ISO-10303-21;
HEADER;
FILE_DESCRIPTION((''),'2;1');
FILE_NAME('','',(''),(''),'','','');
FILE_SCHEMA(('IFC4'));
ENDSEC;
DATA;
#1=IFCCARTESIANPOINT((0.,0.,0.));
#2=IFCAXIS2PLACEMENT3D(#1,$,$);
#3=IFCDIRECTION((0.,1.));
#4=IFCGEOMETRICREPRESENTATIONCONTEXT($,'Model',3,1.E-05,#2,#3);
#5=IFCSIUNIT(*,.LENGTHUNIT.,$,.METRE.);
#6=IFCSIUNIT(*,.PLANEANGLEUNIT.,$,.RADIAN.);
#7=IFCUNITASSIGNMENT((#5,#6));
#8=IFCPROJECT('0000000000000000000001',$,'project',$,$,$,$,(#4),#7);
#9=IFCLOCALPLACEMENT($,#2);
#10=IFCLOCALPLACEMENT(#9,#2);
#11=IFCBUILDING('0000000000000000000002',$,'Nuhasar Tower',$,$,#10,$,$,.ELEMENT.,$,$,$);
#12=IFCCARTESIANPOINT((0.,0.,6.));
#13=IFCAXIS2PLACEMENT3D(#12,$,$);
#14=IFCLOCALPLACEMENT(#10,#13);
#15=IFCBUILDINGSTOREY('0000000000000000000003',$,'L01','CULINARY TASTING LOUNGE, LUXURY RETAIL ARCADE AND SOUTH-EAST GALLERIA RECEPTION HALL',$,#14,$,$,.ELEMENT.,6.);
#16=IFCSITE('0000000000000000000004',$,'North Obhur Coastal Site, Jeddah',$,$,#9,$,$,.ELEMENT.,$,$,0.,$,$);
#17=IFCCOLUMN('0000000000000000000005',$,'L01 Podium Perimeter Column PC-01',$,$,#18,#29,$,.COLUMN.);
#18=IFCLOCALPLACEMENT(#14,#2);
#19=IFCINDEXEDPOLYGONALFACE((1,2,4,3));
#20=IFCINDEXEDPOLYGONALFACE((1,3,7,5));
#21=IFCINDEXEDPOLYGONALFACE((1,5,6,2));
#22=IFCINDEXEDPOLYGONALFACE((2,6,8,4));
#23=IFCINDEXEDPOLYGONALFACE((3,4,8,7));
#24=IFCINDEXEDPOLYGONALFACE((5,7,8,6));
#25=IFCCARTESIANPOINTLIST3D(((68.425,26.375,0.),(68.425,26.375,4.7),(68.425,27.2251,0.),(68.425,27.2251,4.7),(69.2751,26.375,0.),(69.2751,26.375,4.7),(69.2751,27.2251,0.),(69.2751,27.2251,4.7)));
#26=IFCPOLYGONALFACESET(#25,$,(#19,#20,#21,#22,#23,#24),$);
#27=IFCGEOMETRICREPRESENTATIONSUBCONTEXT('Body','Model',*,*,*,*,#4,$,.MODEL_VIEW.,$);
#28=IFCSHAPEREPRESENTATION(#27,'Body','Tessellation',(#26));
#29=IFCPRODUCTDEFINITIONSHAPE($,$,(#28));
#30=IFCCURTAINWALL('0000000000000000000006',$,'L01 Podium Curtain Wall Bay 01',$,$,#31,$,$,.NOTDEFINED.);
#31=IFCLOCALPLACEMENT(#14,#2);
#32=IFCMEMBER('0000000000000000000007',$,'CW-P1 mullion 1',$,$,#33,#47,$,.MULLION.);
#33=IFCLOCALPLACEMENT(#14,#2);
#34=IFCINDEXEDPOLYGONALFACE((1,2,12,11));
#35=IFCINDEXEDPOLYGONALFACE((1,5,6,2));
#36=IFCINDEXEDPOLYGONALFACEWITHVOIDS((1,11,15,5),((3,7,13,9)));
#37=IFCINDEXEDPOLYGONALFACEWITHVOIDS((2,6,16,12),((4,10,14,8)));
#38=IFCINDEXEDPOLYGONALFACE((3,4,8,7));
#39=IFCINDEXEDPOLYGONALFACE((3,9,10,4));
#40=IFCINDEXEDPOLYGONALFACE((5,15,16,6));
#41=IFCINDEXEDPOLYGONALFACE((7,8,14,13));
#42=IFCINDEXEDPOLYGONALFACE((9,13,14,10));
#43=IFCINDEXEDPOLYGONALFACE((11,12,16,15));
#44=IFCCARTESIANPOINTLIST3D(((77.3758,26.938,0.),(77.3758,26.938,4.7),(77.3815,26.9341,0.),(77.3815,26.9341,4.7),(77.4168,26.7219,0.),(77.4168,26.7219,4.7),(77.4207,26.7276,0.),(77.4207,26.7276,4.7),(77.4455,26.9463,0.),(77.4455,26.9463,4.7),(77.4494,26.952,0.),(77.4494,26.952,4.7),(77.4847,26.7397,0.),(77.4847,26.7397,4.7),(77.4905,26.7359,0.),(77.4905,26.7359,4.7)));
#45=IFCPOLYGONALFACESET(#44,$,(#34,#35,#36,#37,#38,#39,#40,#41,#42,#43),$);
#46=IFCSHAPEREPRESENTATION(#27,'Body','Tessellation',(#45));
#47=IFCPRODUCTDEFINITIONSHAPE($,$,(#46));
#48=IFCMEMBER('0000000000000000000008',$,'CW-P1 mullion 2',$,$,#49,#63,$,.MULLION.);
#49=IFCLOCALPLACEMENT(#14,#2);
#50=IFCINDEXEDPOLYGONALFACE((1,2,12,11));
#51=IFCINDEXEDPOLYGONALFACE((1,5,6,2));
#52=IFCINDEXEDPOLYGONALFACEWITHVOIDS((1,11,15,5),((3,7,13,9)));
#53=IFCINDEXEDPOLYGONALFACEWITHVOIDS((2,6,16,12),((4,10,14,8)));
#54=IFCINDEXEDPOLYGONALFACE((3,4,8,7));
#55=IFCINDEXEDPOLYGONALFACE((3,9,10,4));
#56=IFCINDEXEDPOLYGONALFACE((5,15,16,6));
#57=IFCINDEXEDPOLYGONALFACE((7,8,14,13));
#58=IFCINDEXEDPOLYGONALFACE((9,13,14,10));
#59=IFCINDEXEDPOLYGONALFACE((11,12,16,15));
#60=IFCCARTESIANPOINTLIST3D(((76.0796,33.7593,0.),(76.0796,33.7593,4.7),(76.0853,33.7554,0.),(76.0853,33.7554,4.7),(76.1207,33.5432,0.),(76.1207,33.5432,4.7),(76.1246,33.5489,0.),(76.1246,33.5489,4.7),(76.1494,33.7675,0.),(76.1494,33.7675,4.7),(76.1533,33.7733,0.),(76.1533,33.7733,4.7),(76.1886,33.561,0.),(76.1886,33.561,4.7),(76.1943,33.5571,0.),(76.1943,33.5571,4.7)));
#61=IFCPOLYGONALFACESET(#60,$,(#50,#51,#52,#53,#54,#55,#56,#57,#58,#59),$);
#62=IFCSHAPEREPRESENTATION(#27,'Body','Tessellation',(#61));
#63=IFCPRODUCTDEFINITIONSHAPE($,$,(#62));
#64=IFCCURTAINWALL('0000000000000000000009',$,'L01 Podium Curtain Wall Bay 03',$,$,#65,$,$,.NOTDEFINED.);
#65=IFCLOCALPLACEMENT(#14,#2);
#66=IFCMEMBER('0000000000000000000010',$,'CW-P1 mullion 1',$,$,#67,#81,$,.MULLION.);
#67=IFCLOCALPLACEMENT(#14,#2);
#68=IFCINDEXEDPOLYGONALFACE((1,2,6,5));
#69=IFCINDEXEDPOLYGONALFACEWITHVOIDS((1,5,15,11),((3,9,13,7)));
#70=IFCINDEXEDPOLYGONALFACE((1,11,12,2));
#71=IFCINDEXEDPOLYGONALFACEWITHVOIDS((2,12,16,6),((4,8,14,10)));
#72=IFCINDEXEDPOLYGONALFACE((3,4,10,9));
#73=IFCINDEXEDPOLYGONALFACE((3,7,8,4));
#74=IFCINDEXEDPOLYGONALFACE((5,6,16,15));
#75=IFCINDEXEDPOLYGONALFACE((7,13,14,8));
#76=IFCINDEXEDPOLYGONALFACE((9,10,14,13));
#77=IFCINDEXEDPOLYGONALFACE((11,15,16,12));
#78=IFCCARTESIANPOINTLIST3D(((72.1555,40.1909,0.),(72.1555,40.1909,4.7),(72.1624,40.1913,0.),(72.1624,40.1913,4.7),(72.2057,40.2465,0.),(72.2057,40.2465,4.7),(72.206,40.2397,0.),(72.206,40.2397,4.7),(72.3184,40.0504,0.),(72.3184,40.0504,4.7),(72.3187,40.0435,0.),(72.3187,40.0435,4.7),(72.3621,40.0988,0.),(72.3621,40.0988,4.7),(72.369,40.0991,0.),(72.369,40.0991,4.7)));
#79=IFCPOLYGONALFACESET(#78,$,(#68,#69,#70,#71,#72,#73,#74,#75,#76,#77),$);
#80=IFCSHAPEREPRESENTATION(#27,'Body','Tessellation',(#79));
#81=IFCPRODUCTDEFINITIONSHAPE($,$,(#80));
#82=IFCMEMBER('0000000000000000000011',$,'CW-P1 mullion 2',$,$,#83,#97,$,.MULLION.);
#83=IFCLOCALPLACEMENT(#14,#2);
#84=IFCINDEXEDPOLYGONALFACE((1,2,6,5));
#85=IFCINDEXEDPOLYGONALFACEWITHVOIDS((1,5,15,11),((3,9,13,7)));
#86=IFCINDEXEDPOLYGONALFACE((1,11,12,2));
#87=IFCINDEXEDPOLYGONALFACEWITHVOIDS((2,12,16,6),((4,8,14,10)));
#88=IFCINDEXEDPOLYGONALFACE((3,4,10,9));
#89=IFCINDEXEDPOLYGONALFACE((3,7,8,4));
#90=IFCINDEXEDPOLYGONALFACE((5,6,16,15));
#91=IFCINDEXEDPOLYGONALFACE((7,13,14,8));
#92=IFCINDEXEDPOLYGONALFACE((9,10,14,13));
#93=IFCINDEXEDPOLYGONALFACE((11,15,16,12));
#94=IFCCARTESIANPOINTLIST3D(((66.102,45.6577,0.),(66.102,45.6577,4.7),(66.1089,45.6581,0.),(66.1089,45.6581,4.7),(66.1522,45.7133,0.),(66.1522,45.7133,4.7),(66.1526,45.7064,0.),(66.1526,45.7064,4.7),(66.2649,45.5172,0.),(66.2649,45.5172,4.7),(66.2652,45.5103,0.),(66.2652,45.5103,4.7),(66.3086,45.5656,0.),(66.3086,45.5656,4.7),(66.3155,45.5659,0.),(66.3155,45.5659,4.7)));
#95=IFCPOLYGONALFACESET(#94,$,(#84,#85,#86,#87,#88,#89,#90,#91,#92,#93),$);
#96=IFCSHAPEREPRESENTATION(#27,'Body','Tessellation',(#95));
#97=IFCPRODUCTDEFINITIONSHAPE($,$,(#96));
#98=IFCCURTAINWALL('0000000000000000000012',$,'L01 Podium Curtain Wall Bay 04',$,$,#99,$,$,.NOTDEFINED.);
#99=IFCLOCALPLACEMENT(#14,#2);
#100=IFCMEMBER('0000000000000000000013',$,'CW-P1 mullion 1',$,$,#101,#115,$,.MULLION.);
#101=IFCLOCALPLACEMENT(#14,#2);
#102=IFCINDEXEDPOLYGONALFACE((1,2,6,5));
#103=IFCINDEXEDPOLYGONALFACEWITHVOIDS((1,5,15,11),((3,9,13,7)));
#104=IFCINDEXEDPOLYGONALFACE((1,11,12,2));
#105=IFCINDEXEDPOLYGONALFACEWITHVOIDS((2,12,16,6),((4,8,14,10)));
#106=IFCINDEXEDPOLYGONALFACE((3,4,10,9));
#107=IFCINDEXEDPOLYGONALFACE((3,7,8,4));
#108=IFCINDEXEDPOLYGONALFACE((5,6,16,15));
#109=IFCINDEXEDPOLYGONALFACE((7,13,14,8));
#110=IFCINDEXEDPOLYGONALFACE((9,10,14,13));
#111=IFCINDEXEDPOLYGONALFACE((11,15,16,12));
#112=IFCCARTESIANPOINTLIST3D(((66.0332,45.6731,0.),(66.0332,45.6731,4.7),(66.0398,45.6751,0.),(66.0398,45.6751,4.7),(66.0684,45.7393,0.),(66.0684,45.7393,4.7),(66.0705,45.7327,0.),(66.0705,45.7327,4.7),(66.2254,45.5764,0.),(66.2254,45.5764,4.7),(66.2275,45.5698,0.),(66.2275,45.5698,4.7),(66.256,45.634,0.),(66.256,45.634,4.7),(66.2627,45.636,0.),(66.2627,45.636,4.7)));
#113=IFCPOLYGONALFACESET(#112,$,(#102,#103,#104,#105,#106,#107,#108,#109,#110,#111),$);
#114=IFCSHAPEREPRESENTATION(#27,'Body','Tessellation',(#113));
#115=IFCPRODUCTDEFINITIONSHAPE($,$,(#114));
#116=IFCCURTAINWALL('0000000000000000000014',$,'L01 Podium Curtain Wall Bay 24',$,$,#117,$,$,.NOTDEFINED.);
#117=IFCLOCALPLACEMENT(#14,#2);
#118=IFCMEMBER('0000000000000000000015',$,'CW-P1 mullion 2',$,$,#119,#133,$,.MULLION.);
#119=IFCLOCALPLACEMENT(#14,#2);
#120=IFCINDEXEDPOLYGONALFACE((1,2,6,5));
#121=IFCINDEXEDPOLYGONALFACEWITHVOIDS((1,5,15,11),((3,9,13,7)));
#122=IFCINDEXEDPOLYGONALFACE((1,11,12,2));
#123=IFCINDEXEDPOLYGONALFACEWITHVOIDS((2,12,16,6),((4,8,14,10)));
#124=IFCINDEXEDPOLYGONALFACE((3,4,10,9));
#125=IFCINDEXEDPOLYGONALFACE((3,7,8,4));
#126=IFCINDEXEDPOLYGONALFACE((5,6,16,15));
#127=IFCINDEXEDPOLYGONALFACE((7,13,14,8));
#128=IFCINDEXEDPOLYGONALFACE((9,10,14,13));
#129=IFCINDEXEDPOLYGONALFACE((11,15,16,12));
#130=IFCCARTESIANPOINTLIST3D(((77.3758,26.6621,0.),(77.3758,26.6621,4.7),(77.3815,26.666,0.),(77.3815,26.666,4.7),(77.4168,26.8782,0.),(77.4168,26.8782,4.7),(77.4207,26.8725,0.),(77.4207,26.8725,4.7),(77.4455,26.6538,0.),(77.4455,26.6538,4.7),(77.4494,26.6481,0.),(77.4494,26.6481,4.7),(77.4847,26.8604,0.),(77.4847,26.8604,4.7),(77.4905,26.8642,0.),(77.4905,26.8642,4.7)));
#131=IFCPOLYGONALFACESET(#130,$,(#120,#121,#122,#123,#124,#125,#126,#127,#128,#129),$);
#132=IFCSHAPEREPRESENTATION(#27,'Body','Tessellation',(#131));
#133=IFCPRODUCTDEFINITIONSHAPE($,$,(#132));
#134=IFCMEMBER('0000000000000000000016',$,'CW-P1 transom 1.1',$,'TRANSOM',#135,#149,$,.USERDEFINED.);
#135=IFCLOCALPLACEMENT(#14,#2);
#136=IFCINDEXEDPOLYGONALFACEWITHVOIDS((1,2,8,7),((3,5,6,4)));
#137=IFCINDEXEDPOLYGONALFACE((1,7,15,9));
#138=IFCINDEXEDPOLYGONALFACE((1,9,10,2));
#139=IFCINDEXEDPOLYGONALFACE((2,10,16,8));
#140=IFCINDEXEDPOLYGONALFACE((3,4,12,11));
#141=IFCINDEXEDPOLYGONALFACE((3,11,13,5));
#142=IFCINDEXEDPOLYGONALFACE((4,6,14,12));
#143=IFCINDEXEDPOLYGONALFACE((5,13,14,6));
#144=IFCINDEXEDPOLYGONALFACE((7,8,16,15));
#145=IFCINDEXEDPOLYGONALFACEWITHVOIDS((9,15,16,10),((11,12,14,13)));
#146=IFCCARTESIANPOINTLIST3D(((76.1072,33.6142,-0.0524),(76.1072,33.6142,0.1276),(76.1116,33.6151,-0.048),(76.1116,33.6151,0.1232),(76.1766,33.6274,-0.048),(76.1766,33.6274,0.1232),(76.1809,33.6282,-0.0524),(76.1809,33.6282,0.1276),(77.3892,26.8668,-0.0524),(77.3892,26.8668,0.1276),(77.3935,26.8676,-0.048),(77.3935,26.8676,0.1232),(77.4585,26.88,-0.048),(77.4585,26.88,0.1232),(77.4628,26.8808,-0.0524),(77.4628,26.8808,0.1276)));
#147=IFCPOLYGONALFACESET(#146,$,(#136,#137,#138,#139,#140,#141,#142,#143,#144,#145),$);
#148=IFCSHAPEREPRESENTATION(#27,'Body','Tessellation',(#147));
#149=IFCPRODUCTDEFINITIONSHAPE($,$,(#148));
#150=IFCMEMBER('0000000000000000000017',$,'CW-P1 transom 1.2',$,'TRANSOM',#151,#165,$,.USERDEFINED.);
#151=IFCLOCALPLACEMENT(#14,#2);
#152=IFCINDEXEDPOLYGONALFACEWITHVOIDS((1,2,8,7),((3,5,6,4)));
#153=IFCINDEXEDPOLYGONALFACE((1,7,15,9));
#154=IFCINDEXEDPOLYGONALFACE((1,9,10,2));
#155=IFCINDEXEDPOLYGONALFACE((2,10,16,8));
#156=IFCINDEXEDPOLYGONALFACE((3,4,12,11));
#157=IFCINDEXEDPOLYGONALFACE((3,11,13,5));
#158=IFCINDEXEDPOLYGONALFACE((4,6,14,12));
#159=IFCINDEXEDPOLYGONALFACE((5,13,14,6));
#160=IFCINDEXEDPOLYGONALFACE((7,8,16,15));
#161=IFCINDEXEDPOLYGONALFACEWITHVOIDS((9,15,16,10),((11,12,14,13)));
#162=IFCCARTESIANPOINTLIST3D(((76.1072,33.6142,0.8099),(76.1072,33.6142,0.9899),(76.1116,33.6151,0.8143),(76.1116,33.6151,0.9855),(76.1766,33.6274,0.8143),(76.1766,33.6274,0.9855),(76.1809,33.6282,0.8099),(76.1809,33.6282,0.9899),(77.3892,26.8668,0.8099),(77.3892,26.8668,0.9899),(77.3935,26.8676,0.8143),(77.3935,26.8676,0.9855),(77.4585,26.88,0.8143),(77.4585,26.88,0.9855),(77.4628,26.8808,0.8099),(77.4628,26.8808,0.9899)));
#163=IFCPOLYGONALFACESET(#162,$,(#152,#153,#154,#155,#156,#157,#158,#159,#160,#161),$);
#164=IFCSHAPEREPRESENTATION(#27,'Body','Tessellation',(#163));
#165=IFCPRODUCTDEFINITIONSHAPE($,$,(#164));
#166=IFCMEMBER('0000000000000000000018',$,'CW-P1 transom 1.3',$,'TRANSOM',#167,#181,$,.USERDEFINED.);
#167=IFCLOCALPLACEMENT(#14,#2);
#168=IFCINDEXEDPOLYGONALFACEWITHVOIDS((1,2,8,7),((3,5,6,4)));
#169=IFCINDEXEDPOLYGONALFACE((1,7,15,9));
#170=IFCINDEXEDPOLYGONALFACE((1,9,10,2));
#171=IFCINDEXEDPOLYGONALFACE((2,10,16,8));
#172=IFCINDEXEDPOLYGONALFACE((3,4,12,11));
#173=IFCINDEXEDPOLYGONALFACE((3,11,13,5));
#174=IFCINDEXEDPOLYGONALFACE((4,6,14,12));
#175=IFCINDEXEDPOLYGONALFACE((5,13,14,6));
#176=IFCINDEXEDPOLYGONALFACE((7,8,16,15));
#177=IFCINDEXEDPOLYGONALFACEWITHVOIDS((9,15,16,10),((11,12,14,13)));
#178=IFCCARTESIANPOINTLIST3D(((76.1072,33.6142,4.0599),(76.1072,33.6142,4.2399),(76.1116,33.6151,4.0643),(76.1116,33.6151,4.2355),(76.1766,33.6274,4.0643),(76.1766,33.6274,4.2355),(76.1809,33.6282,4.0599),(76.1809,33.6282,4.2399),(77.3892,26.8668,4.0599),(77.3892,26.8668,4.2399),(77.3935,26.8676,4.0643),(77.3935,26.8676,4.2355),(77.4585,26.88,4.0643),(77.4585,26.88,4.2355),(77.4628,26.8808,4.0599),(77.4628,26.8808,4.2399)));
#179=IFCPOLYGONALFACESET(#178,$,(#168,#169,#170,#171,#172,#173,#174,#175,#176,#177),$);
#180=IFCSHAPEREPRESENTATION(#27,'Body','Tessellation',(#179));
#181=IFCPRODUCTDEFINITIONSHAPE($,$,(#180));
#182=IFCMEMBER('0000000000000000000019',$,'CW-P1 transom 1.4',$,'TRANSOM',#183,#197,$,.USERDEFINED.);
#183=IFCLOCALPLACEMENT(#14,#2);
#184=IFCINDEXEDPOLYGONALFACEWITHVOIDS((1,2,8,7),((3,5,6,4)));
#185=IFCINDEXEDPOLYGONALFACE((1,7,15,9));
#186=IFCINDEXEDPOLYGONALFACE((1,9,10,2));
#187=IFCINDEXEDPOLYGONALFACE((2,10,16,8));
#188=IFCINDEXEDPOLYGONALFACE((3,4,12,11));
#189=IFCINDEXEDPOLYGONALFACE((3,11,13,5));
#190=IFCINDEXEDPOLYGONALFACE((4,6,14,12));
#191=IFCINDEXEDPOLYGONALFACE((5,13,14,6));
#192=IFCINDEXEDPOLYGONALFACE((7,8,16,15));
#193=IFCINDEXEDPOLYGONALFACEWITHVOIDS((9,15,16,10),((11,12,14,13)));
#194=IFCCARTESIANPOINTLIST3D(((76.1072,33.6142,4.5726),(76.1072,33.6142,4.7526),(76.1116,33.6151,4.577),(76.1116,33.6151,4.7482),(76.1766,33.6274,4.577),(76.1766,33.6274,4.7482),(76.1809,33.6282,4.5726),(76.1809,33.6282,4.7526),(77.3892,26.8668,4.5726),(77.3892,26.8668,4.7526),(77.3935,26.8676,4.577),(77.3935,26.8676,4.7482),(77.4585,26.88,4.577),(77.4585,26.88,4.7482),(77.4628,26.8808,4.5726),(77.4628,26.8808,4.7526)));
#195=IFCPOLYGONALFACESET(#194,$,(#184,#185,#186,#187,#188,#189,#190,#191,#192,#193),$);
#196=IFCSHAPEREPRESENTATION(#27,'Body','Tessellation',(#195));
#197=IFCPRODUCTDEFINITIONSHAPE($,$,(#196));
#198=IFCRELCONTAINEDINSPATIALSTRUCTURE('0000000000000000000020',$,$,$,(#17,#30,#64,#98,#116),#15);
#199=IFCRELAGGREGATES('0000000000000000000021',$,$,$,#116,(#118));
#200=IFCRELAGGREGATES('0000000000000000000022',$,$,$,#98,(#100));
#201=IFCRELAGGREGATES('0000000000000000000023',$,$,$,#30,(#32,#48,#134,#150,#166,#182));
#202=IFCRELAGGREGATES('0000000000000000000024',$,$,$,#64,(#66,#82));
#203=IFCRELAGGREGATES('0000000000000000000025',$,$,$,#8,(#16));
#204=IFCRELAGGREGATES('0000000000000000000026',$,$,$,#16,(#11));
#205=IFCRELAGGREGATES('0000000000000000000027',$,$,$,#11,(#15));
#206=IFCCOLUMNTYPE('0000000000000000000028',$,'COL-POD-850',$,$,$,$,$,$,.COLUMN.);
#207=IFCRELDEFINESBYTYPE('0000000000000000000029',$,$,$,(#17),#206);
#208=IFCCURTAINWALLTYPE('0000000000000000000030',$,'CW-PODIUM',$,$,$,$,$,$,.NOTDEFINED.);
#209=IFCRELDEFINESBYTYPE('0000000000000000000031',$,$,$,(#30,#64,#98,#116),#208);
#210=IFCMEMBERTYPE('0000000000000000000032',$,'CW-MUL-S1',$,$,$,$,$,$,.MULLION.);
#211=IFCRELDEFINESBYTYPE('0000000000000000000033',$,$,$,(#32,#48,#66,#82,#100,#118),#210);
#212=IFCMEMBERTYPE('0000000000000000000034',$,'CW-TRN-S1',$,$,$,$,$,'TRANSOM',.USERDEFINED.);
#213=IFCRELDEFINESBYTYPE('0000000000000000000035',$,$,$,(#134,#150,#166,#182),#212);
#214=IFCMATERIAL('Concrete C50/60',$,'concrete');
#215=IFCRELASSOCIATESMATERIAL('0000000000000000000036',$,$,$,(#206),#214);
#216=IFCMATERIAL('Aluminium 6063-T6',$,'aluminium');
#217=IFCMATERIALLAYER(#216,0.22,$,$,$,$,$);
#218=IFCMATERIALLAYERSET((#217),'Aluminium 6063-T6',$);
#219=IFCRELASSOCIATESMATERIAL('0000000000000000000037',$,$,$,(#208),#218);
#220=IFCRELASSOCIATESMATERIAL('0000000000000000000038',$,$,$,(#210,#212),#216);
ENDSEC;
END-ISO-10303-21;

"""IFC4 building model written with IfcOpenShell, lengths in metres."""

from ifc_helpers import new_model, si_unit, direction, frame, origin, origin_2d, place, context, subcontext, project, spatial, rectangle, hollow_rectangle, extrude, material, layer, layer_set, material_profile, profile_set, type_object, element, aggregate, save


model = new_model("IFC4")

# Units and contexts
model_context = context("Model", 3, precision=1e-05, world=origin(), true_north=direction((0.0, 1.0)))
body_context = subcontext(model_context, "Body", "Model", "MODEL_VIEW")
ifc_project = project(units=[si_unit("LENGTHUNIT", "METRE"), si_unit("PLANEANGLEUNIT", "RADIAN")], contexts=[model_context])

# Site, building, storey
site_placement = place(None, origin())
site = spatial("IfcSite", under=ifc_project, at=site_placement, Name="North Obhur Coastal Site, Jeddah", CompositionType="ELEMENT", RefElevation=0.0)
building_placement = place(site_placement, origin())
building = spatial("IfcBuilding", under=site, at=building_placement, Name="Nuhasar Tower", CompositionType="ELEMENT")
storey_placement = place(building_placement, frame((0.0, 0.0, 6.0)))
storey = spatial("IfcBuildingStorey", under=building, at=storey_placement, Name="L01", Description="CULINARY TASTING LOUNGE, LUXURY RETAIL ARCADE AND SOUTH-EAST GALLERIA RECEPTION HALL", CompositionType="ELEMENT", Elevation=6.0)

# Column
ifc_material_1 = material(Name="Concrete C50/60", Category="concrete")
ifc_material_profile_1 = material_profile(ifc_material_1, rectangle(XDim=0.8501, YDim=0.8501, at=origin_2d()), Name="RC850X850")
ifc_profile_set_1 = profile_set([ifc_material_profile_1], Name="Concrete C50/60")
column_type = type_object("IfcColumnType", Name="COL-POD-850", PredefinedType="COLUMN", material=ifc_profile_set_1)
column_placement = place(storey_placement, frame((68.8501, 26.8, 0.0), z_axis=(0.0, 0.0, 1.0), x_axis=(1.0, 0.0, 0.0)))
element("IfcColumn", 1, at=column_placement, inside=storey, type_object=column_type, Name="L01 Podium Perimeter Column PC-01", PredefinedType="COLUMN", context=body_context, shape_type="SweptSolid", body=[
    extrude(rectangle(XDim=0.8501, YDim=0.8501, at=origin_2d()), origin(), (0.0, 0.0, 1.0), 4.7),
])

# Curtain walls, members
ifc_material_2 = material(Name="Aluminium 6063-T6", Category="aluminium")
ifc_layer_1 = layer(ifc_material_2, 0.22)
ifc_layer_set_1 = layer_set([ifc_layer_1], Name="Aluminium 6063-T6")
curtain_wall_type = type_object("IfcCurtainWallType", Name="CW-PODIUM", PredefinedType="NOTDEFINED", material=ifc_layer_set_1)
curtain_wall_1_placement = place(storey_placement, origin())
curtain_wall_1 = element("IfcCurtainWall", 2, at=curtain_wall_1_placement, inside=storey, type_object=curtain_wall_type, Name="L01 Podium Curtain Wall Bay 01", PredefinedType="NOTDEFINED")
ifc_material_profile_2 = material_profile(ifc_material_2, hollow_rectangle(XDim=0.075, YDim=0.22, WallThickness=0.0049, at=origin_2d()), Name="CWM-1")
ifc_profile_set_2 = profile_set([ifc_material_profile_2], Name="Aluminium 6063-T6")
member_type_1 = type_object("IfcMemberType", Name="CW-MUL-S1", PredefinedType="MULLION", material=ifc_profile_set_2)
member_1_placement = place(storey_placement, frame((77.4331, 26.8369, 0.0), z_axis=(0.0, 0.0, 1.0), x_axis=(-0.982426, -0.186654, 0.0)))
member_1 = element("IfcMember", 3, at=member_1_placement, type_object=member_type_1, Name="CW-P1 mullion 1", PredefinedType="MULLION", context=body_context, shape_type="SweptSolid", body=[
    extrude(hollow_rectangle(XDim=0.075, YDim=0.22, WallThickness=0.0049, at=origin_2d()), origin(), (0.0, 0.0, 1.0), 4.7),
])
member_2_placement = place(storey_placement, frame((76.137, 33.6582, 0.0), z_axis=(0.0, 0.0, 1.0), x_axis=(-0.982426, -0.186654, 0.0)))
member_2 = element("IfcMember", 4, at=member_2_placement, type_object=member_type_1, Name="CW-P1 mullion 2", PredefinedType="MULLION", context=body_context, shape_type="SweptSolid", body=[
    extrude(hollow_rectangle(XDim=0.075, YDim=0.22, WallThickness=0.0049, at=origin_2d()), origin(), (0.0, 0.0, 1.0), 4.7),
])
curtain_wall_2_placement = place(storey_placement, origin())
curtain_wall_2 = element("IfcCurtainWall", 5, at=curtain_wall_2_placement, inside=storey, type_object=curtain_wall_type, Name="L01 Podium Curtain Wall Bay 03", PredefinedType="NOTDEFINED")
member_3_placement = place(storey_placement, frame((72.2622, 40.145, 0.0), z_axis=(0.0, 0.0, 1.0), x_axis=(-0.670232, -0.742151, 0.0)))
member_3 = element("IfcMember", 6, at=member_3_placement, type_object=member_type_1, Name="CW-P1 mullion 1", PredefinedType="MULLION", context=body_context, shape_type="SweptSolid", body=[
    extrude(hollow_rectangle(XDim=0.075, YDim=0.22, WallThickness=0.0049, at=origin_2d()), origin(), (0.0, 0.0, 1.0), 4.7),
])
member_4_placement = place(storey_placement, frame((66.2087, 45.6118, 0.0), z_axis=(0.0, 0.0, 1.0), x_axis=(-0.670232, -0.742151, 0.0)))
member_4 = element("IfcMember", 7, at=member_4_placement, type_object=member_type_1, Name="CW-P1 mullion 2", PredefinedType="MULLION", context=body_context, shape_type="SweptSolid", body=[
    extrude(hollow_rectangle(XDim=0.075, YDim=0.22, WallThickness=0.0049, at=origin_2d()), origin(), (0.0, 0.0, 1.0), 4.7),
])

# Curtain walls, members
curtain_wall_3_placement = place(storey_placement, origin())
curtain_wall_3 = element("IfcCurtainWall", 8, at=curtain_wall_3_placement, inside=storey, type_object=curtain_wall_type, Name="L01 Podium Curtain Wall Bay 04", PredefinedType="NOTDEFINED")
member_5_placement = place(storey_placement, frame((66.1479, 45.6545, 0.0), z_axis=(0.0, 0.0, 1.0), x_axis=(-0.469563, -0.882899, 0.0)))
member_5 = element("IfcMember", 9, at=member_5_placement, type_object=member_type_1, Name="CW-P1 mullion 1", PredefinedType="MULLION", context=body_context, shape_type="SweptSolid", body=[
    extrude(hollow_rectangle(XDim=0.075, YDim=0.22, WallThickness=0.0049, at=origin_2d()), origin(), (0.0, 0.0, 1.0), 4.7),
])
curtain_wall_4_placement = place(storey_placement, origin())
curtain_wall_4 = element("IfcCurtainWall", 10, at=curtain_wall_4_placement, inside=storey, type_object=curtain_wall_type, Name="L01 Podium Curtain Wall Bay 24", PredefinedType="NOTDEFINED")
member_6_placement = place(storey_placement, frame((77.4331, 26.7632, 0.0), z_axis=(0.0, 0.0, 1.0), x_axis=(-0.982426, 0.186654, 0.0)))
member_6 = element("IfcMember", 11, at=member_6_placement, type_object=member_type_1, Name="CW-P1 mullion 2", PredefinedType="MULLION", context=body_context, shape_type="SweptSolid", body=[
    extrude(hollow_rectangle(XDim=0.075, YDim=0.22, WallThickness=0.0049, at=origin_2d()), origin(), (0.0, 0.0, 1.0), 4.7),
])
aggregate(curtain_wall_4, [member_6])

# Members
ifc_material_profile_3 = material_profile(ifc_material_2, hollow_rectangle(XDim=0.075, YDim=0.1799, WallThickness=0.0044, at=origin_2d()), Name="CWT-1")
ifc_profile_set_3 = profile_set([ifc_material_profile_3], Name="Aluminium 6063-T6")
member_type_2 = type_object("IfcMemberType", Name="CW-TRN-S1", ElementType="TRANSOM", PredefinedType="USERDEFINED", material=ifc_profile_set_3)
member_7_placement = place(storey_placement, frame((77.426, 26.8738, 0.0376), z_axis=(-0.186653, 0.982426, 0.0), x_axis=(-0.982426, -0.186653, 0.0)))
member_7 = element("IfcMember", 12, at=member_7_placement, type_object=member_type_2, Name="CW-P1 transom 1.1", ObjectType="TRANSOM", PredefinedType="USERDEFINED", context=body_context, shape_type="SweptSolid", body=[
    extrude(hollow_rectangle(XDim=0.075, YDim=0.1799, WallThickness=0.0044, at=origin_2d()), origin(), (0.0, 0.0, 1.0), 6.8682),
])
member_8_placement = place(storey_placement, frame((77.426, 26.8738, 0.8999), z_axis=(-0.186653, 0.982426, 0.0), x_axis=(-0.982426, -0.186653, 0.0)))
member_8 = element("IfcMember", 13, at=member_8_placement, type_object=member_type_2, Name="CW-P1 transom 1.2", ObjectType="TRANSOM", PredefinedType="USERDEFINED", context=body_context, shape_type="SweptSolid", body=[
    extrude(hollow_rectangle(XDim=0.075, YDim=0.1799, WallThickness=0.0044, at=origin_2d()), origin(), (0.0, 0.0, 1.0), 6.8682),
])
member_9_placement = place(storey_placement, frame((77.426, 26.8738, 4.1499), z_axis=(-0.186653, 0.982426, 0.0), x_axis=(-0.982426, -0.186653, 0.0)))
member_9 = element("IfcMember", 14, at=member_9_placement, type_object=member_type_2, Name="CW-P1 transom 1.3", ObjectType="TRANSOM", PredefinedType="USERDEFINED", context=body_context, shape_type="SweptSolid", body=[
    extrude(hollow_rectangle(XDim=0.075, YDim=0.1799, WallThickness=0.0044, at=origin_2d()), origin(), (0.0, 0.0, 1.0), 6.8682),
])
member_10_placement = place(storey_placement, frame((77.426, 26.8738, 4.6626), z_axis=(-0.186653, 0.982426, 0.0), x_axis=(-0.982426, -0.186653, 0.0)))
member_10 = element("IfcMember", 15, at=member_10_placement, type_object=member_type_2, Name="CW-P1 transom 1.4", ObjectType="TRANSOM", PredefinedType="USERDEFINED", context=body_context, shape_type="SweptSolid", body=[
    extrude(hollow_rectangle(XDim=0.075, YDim=0.1799, WallThickness=0.0044, at=origin_2d()), origin(), (0.0, 0.0, 1.0), 6.8682),
])
aggregate(curtain_wall_3, [member_5])

aggregate(curtain_wall_1, [member_1, member_2, member_7, member_8, member_9, member_10])
aggregate(curtain_wall_2, [member_3, member_4])

save(model, "model.ifc")
